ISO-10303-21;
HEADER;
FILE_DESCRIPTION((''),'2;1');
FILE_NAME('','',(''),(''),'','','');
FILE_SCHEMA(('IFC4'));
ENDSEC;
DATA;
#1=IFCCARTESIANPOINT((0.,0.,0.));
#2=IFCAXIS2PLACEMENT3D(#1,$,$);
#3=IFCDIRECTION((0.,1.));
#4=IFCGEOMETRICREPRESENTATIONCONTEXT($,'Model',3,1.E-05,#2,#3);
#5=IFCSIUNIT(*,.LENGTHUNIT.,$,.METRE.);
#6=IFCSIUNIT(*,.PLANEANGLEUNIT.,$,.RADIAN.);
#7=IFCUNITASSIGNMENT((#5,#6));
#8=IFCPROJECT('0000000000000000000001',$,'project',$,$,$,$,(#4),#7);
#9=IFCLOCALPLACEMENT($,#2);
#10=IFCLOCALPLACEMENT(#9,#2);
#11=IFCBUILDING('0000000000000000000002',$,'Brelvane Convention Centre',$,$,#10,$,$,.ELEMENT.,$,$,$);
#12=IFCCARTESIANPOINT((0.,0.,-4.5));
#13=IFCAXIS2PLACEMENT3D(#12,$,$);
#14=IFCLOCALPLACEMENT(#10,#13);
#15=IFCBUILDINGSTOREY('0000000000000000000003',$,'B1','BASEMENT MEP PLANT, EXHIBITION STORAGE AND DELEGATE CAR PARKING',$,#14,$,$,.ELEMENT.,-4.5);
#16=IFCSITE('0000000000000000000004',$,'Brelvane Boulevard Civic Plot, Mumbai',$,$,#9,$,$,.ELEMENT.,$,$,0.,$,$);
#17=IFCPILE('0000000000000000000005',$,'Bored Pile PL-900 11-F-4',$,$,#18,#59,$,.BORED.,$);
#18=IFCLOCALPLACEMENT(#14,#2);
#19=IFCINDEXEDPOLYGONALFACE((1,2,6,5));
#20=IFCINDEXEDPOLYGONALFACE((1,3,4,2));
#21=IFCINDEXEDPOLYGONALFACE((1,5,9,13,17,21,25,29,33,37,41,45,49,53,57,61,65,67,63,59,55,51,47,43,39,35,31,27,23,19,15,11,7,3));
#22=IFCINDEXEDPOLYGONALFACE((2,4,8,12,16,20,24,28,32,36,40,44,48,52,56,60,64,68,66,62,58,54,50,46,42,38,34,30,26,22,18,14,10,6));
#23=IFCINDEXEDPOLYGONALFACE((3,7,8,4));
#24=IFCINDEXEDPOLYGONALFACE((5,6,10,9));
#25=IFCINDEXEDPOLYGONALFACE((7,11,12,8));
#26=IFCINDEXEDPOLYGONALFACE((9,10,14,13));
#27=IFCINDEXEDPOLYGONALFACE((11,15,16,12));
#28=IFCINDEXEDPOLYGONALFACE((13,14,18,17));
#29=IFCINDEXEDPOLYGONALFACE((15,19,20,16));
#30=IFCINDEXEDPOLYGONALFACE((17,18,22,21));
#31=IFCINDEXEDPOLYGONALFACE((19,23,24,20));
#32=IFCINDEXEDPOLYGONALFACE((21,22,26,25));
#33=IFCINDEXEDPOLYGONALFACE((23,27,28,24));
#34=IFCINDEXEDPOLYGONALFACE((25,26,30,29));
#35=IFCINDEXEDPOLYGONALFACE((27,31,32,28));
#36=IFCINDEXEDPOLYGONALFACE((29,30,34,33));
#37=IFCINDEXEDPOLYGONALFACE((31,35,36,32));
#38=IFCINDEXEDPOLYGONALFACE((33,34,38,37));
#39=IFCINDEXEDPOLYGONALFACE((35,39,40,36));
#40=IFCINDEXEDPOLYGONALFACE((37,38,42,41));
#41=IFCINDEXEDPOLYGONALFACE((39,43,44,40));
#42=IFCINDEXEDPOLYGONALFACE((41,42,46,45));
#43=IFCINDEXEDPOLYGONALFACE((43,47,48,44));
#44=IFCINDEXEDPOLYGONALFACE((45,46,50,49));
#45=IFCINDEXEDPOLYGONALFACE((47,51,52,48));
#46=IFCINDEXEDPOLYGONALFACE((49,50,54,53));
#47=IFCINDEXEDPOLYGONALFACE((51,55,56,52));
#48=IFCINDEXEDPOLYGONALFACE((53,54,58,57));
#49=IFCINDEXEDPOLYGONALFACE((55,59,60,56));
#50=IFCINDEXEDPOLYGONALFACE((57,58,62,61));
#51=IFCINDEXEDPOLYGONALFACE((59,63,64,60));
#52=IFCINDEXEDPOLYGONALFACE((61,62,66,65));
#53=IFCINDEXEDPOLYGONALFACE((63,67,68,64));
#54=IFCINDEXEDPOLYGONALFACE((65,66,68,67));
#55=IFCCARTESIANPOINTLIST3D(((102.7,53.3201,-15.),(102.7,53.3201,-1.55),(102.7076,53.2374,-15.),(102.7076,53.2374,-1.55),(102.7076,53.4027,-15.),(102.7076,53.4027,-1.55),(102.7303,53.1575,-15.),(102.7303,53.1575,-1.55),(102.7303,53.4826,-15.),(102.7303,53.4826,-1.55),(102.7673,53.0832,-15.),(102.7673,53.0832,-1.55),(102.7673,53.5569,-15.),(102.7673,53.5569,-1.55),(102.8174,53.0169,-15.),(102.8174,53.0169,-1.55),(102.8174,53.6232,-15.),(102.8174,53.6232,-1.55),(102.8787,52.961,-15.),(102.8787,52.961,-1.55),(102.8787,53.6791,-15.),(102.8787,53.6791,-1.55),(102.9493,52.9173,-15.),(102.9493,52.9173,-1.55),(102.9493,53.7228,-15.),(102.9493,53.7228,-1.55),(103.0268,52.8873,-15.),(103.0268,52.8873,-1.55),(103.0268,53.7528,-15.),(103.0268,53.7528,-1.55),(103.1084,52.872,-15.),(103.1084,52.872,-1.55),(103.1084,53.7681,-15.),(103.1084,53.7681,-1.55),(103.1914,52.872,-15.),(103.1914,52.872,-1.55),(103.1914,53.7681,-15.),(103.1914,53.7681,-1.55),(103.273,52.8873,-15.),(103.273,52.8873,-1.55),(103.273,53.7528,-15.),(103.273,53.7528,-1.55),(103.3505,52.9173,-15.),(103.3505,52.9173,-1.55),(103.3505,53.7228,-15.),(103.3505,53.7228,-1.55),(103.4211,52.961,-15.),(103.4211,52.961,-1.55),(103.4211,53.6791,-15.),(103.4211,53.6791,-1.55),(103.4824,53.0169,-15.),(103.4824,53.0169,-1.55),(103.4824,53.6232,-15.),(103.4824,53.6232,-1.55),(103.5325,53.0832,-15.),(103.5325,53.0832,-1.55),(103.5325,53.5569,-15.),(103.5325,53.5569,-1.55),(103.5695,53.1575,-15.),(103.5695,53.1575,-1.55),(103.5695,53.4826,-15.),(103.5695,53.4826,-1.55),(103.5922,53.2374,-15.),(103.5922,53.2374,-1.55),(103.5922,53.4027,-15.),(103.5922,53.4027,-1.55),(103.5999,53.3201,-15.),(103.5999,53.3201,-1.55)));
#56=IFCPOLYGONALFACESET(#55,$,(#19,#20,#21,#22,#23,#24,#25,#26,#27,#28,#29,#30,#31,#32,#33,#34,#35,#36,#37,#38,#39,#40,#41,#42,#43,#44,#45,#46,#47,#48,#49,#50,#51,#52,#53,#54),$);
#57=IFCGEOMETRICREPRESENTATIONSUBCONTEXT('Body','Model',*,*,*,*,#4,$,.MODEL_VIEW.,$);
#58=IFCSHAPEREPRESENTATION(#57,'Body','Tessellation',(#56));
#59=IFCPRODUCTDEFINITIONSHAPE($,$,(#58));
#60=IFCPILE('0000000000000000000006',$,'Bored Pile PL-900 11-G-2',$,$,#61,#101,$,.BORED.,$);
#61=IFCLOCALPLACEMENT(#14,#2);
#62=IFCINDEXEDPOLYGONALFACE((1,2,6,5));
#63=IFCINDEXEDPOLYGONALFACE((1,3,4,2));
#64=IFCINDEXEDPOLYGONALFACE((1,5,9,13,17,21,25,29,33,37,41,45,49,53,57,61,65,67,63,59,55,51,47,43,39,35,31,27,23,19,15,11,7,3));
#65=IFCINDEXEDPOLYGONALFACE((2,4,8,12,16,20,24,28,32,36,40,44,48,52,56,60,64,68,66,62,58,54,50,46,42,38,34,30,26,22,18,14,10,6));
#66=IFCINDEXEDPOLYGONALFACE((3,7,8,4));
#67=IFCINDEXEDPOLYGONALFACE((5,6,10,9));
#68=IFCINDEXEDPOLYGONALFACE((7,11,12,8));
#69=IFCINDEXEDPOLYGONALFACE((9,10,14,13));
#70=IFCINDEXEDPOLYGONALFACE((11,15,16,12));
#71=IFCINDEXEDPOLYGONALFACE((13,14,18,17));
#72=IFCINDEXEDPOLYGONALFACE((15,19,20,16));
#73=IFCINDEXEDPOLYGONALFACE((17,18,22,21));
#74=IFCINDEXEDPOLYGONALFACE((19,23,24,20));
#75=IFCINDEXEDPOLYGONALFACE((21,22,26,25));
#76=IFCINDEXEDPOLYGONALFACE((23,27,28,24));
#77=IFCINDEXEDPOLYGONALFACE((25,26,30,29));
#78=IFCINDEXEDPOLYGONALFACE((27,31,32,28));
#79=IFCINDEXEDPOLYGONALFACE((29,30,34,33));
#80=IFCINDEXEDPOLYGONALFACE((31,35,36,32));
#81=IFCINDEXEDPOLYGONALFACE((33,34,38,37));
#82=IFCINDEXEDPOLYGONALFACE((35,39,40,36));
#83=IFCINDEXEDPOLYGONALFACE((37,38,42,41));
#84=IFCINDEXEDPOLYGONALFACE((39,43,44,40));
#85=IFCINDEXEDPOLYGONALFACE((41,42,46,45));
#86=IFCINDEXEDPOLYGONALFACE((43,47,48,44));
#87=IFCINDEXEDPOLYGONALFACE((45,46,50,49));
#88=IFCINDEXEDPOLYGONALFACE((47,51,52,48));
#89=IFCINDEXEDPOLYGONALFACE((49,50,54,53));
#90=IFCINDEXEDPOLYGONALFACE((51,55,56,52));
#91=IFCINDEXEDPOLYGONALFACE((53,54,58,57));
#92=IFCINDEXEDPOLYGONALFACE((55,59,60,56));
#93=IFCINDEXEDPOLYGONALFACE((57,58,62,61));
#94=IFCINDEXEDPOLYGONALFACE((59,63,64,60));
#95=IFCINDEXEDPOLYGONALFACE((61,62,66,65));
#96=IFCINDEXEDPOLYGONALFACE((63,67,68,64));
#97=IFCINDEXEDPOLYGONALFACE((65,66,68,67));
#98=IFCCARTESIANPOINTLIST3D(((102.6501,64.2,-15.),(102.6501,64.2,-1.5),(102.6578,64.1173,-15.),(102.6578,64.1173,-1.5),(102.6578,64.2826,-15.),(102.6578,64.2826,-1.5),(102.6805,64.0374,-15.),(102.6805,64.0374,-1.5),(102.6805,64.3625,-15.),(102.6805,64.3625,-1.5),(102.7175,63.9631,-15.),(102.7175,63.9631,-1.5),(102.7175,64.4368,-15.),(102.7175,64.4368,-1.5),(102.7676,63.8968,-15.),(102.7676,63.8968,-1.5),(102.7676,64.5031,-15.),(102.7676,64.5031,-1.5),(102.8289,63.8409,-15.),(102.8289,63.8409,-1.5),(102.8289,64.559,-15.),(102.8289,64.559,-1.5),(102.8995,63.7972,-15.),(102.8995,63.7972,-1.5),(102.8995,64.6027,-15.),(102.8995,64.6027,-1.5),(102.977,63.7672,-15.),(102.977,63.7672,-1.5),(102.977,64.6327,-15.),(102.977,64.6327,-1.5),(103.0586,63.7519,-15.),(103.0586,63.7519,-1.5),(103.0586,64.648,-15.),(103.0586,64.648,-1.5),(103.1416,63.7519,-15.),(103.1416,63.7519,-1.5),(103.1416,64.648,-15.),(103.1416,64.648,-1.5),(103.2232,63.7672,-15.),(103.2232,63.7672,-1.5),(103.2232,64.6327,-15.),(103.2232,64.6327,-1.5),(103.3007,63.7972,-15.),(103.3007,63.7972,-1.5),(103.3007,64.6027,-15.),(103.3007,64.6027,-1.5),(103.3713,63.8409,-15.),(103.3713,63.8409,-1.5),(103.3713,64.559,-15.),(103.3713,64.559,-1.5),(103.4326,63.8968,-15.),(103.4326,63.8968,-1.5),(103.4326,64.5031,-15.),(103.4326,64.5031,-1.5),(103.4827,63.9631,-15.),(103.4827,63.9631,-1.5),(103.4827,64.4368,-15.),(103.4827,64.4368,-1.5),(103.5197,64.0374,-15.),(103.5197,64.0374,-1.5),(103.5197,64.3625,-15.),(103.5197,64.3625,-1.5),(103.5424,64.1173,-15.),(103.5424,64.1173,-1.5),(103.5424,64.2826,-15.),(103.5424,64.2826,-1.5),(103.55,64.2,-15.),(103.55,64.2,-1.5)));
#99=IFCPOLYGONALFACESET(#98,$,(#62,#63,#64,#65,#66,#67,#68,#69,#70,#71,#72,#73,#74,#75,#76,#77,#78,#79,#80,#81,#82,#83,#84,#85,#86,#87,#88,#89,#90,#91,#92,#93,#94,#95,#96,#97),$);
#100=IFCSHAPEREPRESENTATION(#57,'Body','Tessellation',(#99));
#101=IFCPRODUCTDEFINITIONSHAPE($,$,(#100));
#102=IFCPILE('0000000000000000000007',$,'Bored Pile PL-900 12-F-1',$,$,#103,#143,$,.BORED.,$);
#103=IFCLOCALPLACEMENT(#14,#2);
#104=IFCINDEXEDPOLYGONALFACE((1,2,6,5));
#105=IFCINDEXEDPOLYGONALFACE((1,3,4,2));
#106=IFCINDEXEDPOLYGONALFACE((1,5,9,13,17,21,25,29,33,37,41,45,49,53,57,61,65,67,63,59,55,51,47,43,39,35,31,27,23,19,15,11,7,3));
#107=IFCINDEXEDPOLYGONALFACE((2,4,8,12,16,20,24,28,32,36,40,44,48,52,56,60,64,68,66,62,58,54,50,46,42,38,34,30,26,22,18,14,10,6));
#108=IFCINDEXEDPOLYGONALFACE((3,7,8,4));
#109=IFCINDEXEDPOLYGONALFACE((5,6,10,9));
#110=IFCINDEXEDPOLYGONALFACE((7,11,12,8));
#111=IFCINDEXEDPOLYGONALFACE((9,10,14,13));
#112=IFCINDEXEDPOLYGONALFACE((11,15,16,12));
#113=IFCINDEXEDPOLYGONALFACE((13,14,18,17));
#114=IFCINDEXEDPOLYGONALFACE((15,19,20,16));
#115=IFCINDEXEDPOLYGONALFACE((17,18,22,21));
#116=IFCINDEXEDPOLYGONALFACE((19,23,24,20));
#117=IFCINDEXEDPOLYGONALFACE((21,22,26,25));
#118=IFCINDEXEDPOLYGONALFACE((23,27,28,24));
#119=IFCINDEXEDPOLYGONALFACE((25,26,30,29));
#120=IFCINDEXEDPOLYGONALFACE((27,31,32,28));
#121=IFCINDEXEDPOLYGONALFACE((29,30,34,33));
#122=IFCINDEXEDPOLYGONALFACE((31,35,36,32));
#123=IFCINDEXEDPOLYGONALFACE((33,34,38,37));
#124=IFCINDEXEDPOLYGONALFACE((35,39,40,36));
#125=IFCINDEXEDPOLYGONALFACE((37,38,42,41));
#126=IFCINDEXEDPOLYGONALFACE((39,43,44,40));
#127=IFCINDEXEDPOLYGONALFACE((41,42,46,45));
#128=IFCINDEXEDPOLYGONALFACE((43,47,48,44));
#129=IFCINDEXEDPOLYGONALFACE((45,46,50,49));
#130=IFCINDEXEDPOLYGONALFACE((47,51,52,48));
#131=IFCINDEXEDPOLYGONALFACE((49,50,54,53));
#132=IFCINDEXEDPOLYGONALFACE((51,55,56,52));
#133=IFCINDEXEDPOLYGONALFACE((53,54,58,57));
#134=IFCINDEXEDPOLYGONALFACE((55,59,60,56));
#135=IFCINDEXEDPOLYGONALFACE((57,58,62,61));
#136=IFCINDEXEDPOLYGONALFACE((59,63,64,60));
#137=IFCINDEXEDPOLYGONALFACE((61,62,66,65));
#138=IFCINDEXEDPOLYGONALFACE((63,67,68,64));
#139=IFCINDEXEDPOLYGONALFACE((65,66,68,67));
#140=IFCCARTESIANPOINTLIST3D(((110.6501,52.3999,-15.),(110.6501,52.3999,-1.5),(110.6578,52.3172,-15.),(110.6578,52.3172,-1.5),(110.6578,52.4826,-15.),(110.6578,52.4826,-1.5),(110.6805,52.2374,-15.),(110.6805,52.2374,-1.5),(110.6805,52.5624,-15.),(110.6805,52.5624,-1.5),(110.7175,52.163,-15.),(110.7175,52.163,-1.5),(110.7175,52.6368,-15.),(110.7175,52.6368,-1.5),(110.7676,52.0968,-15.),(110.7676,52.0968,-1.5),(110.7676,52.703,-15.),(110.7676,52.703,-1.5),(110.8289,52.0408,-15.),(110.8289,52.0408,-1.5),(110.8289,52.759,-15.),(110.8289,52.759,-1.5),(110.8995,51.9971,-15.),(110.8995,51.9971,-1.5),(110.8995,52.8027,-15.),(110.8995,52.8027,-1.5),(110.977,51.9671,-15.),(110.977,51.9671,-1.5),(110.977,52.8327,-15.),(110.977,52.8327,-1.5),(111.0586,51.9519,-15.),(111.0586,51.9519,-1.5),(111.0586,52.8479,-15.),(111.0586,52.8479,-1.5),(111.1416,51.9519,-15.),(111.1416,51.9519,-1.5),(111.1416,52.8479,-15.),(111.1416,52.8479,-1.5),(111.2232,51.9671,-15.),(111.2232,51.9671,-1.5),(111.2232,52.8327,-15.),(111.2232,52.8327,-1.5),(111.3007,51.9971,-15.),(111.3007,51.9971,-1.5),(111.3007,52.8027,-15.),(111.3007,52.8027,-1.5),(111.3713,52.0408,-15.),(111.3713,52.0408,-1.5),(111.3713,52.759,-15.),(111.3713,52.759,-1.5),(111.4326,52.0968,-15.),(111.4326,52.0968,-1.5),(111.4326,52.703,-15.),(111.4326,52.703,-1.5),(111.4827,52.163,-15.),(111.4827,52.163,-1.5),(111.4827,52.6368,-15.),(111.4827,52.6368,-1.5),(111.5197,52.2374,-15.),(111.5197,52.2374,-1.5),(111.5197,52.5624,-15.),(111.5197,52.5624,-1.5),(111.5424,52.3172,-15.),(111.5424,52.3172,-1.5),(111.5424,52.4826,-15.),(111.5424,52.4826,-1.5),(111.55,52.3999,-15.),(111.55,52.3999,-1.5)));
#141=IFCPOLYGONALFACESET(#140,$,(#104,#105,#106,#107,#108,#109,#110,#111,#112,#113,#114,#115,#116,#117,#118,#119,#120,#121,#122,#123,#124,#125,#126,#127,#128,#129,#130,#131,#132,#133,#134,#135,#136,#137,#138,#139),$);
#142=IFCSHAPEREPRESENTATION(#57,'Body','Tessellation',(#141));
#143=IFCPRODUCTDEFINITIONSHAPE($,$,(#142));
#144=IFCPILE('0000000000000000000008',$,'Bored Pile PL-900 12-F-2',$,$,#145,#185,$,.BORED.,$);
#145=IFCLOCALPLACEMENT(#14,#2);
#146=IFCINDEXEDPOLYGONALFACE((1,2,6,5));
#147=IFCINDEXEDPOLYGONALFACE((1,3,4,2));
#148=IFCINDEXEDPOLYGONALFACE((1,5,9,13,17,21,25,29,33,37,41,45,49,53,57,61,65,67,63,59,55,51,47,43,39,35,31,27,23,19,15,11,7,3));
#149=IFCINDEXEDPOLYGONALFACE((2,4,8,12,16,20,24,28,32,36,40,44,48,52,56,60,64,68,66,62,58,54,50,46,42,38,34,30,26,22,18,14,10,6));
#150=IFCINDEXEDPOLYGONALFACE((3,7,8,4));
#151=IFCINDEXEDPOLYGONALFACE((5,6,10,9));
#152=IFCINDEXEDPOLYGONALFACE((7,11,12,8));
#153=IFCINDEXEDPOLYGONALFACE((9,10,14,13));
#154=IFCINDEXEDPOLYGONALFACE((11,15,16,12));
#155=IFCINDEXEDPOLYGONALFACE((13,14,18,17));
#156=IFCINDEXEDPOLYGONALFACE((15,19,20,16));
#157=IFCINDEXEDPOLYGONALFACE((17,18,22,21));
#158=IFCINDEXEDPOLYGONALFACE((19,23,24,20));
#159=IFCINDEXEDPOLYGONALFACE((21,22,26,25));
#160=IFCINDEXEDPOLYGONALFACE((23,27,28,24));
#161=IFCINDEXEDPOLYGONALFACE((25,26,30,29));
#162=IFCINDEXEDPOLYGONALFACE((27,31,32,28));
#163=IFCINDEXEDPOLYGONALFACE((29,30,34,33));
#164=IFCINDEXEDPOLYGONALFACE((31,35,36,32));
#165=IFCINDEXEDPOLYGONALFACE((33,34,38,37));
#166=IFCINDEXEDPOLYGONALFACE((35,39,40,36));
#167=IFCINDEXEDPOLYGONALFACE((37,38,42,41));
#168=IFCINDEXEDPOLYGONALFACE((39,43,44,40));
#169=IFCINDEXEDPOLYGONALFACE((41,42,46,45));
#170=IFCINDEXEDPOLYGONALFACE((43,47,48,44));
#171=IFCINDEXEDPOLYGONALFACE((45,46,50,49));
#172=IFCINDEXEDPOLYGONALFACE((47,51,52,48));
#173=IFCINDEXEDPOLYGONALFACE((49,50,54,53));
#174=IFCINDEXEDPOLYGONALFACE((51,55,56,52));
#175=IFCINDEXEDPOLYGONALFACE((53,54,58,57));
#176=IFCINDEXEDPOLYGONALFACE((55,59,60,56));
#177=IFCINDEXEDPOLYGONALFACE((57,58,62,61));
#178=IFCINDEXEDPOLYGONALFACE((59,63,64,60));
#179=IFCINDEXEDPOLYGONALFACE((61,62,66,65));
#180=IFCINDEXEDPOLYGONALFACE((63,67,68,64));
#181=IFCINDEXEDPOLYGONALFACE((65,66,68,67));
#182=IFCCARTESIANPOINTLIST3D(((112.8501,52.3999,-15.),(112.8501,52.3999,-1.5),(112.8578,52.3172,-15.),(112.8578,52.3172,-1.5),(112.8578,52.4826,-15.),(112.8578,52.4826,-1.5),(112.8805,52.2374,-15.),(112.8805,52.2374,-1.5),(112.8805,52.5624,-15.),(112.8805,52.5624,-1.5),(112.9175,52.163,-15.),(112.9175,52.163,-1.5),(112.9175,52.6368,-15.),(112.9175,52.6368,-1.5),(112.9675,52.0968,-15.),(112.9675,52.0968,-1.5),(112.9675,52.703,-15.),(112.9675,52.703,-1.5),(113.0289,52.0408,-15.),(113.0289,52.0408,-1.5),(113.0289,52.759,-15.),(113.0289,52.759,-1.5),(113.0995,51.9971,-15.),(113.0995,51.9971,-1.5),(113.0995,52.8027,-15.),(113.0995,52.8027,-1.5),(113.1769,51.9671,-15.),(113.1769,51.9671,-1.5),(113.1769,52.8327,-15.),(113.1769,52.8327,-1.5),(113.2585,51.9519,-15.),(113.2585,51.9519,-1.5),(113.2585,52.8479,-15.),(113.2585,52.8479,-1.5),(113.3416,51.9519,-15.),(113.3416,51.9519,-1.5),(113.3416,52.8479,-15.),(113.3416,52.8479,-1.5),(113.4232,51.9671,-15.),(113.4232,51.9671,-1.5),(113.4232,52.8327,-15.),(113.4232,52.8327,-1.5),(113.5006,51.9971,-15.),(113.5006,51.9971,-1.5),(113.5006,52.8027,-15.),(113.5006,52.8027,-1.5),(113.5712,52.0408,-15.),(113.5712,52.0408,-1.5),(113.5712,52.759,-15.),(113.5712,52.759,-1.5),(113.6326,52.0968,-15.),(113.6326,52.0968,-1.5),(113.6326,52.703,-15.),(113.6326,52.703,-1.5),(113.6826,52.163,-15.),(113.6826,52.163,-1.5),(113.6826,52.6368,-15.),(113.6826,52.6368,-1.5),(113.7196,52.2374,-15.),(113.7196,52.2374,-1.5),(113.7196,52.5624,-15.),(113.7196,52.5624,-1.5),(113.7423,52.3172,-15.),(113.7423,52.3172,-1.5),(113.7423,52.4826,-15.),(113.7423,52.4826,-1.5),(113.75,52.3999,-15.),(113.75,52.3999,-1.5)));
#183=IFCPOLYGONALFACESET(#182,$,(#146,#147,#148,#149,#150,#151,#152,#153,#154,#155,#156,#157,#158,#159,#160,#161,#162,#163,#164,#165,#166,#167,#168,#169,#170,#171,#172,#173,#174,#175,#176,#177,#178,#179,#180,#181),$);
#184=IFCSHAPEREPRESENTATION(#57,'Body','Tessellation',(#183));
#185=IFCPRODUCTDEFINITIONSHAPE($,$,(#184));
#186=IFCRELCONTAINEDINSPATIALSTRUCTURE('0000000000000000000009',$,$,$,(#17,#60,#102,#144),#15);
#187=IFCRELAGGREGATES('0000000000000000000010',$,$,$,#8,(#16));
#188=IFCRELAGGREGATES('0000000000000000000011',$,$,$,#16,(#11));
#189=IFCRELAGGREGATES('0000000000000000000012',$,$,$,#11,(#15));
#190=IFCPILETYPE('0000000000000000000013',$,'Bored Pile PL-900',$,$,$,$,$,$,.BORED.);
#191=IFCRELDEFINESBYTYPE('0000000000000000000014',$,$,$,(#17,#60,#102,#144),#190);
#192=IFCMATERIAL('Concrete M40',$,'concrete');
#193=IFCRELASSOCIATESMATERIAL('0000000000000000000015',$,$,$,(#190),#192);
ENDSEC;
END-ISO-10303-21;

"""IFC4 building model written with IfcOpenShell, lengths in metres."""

from ifc_helpers import new_model, si_unit, direction, frame, origin, origin_2d, place, context, subcontext, project, spatial, circle, extrude, material, material_profile, profile_set, type_object, element, save


model = new_model("IFC4")

# Units and contexts
model_context = context("Model", 3, precision=1e-05, world=origin(), true_north=direction((0.0, 1.0)))
body_context = subcontext(model_context, "Body", "Model", "MODEL_VIEW")
ifc_project = project(units=[si_unit("LENGTHUNIT", "METRE"), si_unit("PLANEANGLEUNIT", "RADIAN")], contexts=[model_context])

# Site, building, storey
site_placement = place(None, origin())
site = spatial("IfcSite", under=ifc_project, at=site_placement, Name="Brelvane Boulevard Civic Plot, Mumbai", CompositionType="ELEMENT", RefElevation=0.0)
building_placement = place(site_placement, origin())
building = spatial("IfcBuilding", under=site, at=building_placement, Name="Brelvane Convention Centre", CompositionType="ELEMENT")
storey_placement = place(building_placement, frame((0.0, 0.0, -4.5)))
storey = spatial("IfcBuildingStorey", under=building, at=storey_placement, Name="B1", Description="BASEMENT MEP PLANT, EXHIBITION STORAGE AND DELEGATE CAR PARKING", CompositionType="ELEMENT", Elevation=-4.5)

# Piles
ifc_material_1 = material(Name="Concrete M40", Category="concrete")
ifc_material_profile_1 = material_profile(ifc_material_1, circle(Radius=0.45, at=origin_2d()), Name="PILE D900")
ifc_profile_set_1 = profile_set([ifc_material_profile_1], Name="Concrete M40")
pile_type = type_object("IfcPileType", Name="Bored Pile PL-900", PredefinedType="BORED", material=ifc_profile_set_1)
pile_placement = place(storey_placement, frame((103.1499, 53.3201, -1.55), z_axis=(0.0, 0.0, -1.0), x_axis=(1.0, 0.0, 0.0)))
element("IfcPile", 1, at=pile_placement, inside=storey, type_object=pile_type, Name="Bored Pile PL-900 11-F-4", PredefinedType="BORED", context=body_context, shape_type="SweptSolid", body=[
    extrude(circle(Radius=0.45, at=origin_2d()), origin(), (0.0, 0.0, 1.0), 13.45),
])
for number, where, z_axis, x_axis, name in (
    (2, (103.1001, 64.2, -1.5), (0.0, 0.0, -1.0), (1.0, 0.0, 0.0), "Bored Pile PL-900 11-G-2"),
    (3, (111.1001, 52.3999, -1.5), (0.0, 0.0, -1.0), (1.0, 0.0, 0.0), "Bored Pile PL-900 12-F-1"),
    (4, (113.3, 52.3999, -1.5), (0.0, 0.0, -1.0), (1.0, 0.0, 0.0), "Bored Pile PL-900 12-F-2"),
):
    element("IfcPile", number, at=place(storey_placement, frame(where, z_axis=z_axis, x_axis=x_axis)), inside=storey, type_object=pile_type, Name=name, PredefinedType="BORED", context=body_context, shape_type="SweptSolid", body=[
        extrude(circle(Radius=0.45, at=origin_2d()), origin(), (0.0, 0.0, 1.0), 13.5),
    ])

save(model, "model.ifc")
